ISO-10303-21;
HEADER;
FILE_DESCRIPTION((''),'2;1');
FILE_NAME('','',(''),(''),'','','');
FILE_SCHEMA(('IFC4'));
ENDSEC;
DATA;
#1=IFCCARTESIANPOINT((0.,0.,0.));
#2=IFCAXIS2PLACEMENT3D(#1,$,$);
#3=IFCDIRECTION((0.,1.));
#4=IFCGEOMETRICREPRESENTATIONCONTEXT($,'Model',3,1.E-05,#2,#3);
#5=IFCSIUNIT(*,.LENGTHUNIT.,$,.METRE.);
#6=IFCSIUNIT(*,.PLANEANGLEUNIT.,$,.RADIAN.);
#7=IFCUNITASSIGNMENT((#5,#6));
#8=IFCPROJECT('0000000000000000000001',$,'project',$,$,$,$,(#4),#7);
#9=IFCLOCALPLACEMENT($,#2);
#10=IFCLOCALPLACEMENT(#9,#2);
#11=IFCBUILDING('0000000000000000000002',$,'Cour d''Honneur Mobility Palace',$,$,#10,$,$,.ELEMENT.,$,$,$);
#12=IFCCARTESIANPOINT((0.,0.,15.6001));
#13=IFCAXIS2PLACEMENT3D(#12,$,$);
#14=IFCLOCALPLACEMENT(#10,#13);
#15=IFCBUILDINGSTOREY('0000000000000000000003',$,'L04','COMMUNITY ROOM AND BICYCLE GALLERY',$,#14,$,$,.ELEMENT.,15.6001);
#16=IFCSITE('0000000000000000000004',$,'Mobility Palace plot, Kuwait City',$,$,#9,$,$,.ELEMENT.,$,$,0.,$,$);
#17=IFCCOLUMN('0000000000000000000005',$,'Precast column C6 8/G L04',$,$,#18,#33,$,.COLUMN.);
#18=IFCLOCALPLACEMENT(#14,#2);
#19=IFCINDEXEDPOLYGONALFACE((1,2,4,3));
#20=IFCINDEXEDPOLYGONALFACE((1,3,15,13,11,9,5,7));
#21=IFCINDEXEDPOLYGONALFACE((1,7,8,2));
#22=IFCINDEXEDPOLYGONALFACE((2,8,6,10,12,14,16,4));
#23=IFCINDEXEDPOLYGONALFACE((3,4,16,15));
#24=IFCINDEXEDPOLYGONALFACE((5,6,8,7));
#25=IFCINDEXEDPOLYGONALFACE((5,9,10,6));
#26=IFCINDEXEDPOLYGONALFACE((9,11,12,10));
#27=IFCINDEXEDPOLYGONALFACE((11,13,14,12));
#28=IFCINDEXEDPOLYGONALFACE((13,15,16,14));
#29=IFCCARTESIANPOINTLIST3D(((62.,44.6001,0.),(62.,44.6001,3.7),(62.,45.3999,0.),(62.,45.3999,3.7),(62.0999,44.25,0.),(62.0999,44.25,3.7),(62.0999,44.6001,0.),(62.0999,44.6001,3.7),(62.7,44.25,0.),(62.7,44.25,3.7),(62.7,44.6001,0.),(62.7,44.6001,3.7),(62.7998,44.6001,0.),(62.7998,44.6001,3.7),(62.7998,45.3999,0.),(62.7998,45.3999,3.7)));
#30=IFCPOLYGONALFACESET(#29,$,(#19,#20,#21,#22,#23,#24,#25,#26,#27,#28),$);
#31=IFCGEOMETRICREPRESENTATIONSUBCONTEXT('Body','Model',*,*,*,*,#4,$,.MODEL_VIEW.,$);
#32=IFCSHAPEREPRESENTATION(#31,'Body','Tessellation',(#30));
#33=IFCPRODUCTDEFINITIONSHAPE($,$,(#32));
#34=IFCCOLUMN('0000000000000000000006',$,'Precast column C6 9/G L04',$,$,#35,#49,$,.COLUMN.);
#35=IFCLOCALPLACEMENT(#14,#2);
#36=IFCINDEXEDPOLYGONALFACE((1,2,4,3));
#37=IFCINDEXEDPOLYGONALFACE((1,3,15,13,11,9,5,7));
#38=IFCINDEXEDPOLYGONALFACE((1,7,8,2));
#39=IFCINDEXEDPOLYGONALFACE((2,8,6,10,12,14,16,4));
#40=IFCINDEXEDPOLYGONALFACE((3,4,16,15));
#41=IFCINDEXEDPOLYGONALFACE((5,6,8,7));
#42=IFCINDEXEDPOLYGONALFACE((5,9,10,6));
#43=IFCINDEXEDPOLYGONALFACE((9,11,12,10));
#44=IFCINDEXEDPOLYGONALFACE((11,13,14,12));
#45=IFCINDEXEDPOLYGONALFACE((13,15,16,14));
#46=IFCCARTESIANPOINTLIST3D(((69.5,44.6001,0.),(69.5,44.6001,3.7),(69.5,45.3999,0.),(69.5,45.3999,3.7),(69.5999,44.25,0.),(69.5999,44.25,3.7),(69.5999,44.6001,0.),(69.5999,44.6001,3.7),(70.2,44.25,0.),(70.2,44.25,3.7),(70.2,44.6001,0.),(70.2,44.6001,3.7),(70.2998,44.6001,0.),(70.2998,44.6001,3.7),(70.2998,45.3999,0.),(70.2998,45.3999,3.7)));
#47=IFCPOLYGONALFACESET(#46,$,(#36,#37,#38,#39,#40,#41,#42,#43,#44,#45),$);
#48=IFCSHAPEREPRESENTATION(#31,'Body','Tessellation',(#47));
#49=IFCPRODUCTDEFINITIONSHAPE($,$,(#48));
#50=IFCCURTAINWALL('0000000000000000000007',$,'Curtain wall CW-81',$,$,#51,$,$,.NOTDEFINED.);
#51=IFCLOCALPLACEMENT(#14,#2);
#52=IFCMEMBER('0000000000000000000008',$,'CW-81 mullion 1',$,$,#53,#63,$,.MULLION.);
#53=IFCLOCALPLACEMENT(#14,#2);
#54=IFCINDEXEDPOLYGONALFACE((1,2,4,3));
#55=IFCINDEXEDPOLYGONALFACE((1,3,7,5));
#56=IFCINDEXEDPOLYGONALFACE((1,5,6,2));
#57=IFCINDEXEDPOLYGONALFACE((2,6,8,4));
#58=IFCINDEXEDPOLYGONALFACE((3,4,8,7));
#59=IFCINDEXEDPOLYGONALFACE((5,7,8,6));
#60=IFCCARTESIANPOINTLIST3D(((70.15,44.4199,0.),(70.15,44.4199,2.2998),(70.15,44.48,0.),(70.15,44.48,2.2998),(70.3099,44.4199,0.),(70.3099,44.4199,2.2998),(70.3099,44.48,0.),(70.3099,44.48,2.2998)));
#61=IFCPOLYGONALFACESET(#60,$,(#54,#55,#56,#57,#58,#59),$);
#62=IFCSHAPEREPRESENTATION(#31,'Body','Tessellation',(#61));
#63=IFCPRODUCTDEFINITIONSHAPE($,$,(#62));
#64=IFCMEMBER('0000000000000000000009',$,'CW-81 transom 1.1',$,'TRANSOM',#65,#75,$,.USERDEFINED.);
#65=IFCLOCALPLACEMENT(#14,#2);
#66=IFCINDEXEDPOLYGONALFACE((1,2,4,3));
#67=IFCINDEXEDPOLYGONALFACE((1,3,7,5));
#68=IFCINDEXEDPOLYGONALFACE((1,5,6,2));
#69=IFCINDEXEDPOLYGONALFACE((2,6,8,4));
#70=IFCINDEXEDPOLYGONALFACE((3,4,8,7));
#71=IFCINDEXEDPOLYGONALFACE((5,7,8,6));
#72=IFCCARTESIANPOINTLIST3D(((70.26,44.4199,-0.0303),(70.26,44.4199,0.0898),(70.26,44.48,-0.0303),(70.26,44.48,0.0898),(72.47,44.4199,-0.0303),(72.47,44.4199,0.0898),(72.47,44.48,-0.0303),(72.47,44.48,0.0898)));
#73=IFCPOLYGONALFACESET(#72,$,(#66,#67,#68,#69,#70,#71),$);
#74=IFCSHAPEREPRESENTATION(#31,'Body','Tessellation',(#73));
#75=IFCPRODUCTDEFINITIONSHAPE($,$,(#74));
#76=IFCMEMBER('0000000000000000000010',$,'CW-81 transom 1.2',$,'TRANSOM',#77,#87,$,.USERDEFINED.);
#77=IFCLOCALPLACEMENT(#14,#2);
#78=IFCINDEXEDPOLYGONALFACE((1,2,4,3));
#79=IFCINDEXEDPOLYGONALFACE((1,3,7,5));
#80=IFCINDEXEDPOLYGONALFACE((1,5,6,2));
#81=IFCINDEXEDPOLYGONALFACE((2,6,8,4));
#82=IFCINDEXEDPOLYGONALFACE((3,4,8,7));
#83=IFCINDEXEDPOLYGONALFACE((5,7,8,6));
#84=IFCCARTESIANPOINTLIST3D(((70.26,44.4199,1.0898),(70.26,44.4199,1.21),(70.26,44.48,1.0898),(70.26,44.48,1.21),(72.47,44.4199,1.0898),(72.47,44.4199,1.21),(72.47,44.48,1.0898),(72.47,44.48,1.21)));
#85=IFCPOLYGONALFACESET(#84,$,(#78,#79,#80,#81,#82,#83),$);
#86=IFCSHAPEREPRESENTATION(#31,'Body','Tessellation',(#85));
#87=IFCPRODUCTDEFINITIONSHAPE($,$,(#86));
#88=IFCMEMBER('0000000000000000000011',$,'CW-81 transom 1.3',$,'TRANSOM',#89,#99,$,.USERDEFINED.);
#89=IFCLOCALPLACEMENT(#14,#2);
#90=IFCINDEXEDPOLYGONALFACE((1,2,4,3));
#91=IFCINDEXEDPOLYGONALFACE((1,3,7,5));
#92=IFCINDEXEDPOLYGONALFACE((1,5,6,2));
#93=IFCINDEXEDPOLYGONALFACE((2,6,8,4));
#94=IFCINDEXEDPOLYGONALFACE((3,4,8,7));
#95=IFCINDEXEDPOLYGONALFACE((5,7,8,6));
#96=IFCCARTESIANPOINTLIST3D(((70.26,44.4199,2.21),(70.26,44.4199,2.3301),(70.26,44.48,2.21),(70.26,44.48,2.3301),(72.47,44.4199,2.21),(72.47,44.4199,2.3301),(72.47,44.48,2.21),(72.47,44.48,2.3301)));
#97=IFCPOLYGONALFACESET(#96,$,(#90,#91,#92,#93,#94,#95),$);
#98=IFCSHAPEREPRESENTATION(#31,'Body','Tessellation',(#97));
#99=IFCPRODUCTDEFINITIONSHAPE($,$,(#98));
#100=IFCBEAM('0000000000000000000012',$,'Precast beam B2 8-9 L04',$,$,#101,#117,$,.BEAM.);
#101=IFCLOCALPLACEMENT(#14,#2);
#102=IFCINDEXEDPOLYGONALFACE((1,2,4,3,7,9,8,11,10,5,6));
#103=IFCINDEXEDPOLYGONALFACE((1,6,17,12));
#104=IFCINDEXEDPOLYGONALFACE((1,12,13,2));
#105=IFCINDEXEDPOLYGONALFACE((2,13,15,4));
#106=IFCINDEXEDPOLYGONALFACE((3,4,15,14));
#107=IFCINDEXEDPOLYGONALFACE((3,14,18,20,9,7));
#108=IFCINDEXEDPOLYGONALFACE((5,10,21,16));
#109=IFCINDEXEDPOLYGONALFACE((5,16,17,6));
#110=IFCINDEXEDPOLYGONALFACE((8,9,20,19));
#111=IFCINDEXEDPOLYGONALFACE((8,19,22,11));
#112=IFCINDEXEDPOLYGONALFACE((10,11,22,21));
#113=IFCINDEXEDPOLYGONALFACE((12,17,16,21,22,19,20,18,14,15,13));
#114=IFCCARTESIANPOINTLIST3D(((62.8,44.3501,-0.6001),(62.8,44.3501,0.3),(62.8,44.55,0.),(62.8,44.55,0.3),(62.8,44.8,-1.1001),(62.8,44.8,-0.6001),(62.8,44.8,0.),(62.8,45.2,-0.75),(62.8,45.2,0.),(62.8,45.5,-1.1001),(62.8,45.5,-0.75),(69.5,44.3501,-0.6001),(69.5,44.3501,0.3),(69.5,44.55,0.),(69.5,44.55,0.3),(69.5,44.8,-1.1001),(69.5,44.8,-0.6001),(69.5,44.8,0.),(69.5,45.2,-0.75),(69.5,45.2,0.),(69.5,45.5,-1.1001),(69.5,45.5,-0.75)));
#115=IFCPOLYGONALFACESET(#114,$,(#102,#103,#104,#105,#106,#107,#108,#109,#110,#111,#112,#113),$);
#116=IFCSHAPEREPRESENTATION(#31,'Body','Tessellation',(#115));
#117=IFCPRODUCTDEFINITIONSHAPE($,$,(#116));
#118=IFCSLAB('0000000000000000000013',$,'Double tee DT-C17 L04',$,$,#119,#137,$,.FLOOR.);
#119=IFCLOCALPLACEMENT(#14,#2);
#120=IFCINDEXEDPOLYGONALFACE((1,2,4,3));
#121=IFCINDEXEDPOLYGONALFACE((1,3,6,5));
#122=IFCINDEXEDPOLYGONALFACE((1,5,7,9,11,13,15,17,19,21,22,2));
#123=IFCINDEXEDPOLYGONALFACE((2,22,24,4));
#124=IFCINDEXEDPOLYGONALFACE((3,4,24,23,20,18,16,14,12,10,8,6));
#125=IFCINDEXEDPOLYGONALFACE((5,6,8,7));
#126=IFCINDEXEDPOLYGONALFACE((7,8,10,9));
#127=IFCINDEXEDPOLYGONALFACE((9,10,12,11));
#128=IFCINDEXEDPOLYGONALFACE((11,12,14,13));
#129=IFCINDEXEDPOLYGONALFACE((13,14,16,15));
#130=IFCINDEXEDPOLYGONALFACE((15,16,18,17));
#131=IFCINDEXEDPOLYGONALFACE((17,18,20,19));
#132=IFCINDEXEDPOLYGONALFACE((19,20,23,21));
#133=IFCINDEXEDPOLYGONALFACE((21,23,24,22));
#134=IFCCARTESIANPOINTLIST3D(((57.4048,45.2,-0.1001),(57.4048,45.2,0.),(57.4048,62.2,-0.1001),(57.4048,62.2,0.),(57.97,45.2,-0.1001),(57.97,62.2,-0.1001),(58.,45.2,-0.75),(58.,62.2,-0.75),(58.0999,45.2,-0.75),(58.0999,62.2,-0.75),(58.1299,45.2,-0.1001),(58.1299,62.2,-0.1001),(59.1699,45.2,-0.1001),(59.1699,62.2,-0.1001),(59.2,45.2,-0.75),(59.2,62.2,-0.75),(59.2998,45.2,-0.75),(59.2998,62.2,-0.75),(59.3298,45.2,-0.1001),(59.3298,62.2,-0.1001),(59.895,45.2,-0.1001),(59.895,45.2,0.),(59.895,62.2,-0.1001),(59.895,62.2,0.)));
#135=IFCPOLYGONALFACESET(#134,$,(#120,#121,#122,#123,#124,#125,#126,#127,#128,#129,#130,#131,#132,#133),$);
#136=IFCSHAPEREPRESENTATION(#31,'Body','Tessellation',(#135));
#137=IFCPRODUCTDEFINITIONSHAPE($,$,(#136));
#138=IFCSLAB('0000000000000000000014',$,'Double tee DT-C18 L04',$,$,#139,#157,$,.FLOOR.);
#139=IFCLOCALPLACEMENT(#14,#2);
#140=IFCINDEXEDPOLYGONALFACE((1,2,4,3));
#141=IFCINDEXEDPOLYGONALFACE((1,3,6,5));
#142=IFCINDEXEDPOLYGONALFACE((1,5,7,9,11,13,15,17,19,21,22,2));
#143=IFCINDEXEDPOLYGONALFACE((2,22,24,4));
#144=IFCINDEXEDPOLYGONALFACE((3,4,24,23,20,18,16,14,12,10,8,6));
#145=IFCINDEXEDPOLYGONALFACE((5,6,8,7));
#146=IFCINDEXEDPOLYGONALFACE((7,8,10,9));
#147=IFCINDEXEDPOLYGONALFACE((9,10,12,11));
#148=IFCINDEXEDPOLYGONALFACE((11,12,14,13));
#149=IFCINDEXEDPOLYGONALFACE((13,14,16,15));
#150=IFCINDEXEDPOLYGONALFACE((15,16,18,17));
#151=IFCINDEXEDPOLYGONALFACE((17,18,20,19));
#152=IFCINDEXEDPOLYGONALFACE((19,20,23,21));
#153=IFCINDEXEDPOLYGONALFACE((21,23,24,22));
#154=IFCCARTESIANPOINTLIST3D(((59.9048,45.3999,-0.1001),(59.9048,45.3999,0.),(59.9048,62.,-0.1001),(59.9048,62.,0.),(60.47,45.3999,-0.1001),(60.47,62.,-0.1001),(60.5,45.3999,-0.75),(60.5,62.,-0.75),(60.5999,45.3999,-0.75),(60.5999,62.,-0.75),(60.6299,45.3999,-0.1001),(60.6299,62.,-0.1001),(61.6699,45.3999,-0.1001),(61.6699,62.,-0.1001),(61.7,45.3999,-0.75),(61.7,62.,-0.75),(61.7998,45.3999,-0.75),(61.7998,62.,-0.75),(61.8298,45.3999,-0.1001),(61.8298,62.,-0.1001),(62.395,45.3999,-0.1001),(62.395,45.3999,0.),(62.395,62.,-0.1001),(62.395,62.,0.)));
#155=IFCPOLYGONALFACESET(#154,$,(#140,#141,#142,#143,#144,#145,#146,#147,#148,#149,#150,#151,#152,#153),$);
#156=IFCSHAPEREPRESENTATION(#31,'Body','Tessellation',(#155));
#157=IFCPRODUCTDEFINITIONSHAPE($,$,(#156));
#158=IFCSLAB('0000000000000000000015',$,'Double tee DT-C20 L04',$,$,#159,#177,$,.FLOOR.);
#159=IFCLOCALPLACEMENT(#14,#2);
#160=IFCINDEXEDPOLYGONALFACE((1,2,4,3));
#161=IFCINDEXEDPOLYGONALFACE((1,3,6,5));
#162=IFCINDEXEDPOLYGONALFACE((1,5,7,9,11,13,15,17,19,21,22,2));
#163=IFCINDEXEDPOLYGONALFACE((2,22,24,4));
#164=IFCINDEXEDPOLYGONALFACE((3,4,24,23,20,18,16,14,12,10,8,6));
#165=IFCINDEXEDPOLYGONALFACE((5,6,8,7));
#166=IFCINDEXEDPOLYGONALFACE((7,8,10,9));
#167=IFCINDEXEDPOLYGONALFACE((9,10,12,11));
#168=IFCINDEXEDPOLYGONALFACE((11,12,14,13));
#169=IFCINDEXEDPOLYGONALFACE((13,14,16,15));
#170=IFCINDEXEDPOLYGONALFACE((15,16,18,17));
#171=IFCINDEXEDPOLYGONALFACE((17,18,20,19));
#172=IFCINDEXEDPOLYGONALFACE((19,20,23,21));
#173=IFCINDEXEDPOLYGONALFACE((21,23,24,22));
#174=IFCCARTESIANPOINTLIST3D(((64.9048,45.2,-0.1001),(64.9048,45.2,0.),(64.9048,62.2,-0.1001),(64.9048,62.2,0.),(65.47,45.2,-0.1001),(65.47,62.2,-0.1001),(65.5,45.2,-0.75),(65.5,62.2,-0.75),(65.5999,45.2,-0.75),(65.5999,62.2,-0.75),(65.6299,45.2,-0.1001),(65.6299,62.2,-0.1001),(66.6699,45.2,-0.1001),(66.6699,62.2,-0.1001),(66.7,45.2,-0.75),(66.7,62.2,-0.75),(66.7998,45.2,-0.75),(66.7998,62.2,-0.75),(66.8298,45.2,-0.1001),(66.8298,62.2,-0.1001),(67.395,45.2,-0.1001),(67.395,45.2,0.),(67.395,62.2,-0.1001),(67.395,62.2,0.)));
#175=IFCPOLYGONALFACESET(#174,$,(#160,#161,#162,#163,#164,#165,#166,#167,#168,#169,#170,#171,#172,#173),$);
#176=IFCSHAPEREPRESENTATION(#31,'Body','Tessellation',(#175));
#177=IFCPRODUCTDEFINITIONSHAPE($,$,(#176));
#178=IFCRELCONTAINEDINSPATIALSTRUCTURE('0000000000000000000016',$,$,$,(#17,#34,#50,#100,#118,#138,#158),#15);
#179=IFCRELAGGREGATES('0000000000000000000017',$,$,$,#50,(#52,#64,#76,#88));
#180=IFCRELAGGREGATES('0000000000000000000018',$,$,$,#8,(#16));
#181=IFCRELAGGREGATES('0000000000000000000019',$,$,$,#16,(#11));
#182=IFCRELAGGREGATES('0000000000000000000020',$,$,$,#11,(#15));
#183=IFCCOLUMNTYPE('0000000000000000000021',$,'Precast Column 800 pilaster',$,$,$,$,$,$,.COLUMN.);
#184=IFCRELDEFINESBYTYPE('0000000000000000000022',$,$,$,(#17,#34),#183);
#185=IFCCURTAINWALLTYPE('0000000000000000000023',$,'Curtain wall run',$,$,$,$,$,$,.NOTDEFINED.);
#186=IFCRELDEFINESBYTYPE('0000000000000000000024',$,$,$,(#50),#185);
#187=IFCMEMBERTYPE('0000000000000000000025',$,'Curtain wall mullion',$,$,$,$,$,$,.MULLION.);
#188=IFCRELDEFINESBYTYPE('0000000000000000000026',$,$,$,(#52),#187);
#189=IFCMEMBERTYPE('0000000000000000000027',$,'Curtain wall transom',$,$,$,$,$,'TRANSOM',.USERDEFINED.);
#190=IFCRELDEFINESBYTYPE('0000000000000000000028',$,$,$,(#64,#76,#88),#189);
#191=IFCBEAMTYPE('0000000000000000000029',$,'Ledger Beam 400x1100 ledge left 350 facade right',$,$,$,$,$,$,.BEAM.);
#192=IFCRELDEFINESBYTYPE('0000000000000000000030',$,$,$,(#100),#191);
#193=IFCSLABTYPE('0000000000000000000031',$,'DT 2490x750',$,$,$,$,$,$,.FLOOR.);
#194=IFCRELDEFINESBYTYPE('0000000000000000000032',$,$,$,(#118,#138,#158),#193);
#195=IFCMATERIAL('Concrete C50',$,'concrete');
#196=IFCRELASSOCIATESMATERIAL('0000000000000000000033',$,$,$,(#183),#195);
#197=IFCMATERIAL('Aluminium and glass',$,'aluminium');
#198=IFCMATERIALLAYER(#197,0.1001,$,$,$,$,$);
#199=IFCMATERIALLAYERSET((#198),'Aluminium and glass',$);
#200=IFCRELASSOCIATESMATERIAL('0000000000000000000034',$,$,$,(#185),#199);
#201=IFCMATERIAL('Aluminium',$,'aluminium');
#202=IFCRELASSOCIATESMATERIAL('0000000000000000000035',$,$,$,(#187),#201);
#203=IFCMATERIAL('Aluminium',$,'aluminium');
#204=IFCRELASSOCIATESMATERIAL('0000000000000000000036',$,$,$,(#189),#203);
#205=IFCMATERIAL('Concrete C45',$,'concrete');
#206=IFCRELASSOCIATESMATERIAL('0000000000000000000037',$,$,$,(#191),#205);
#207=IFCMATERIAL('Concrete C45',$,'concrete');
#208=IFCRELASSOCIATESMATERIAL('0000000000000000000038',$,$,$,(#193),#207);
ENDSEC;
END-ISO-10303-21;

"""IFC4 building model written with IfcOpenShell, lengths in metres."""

from ifc_helpers import new_model, si_unit, direction, frame, origin, origin_2d, place, context, subcontext, project, spatial, polyline, rectangle, outline, extrude, material, layer, layer_set, material_profile, profile_set, type_object, element, aggregate, save


model = new_model("IFC4")

# Units and contexts
model_context = context("Model", 3, precision=1e-05, world=origin(), true_north=direction((0.0, 1.0)))
body_context = subcontext(model_context, "Body", "Model", "MODEL_VIEW")
ifc_project = project(units=[si_unit("LENGTHUNIT", "METRE"), si_unit("PLANEANGLEUNIT", "RADIAN")], contexts=[model_context])

# Site, building, storey
site_placement = place(None, origin())
site = spatial("IfcSite", under=ifc_project, at=site_placement, Name="Mobility Palace plot, Kuwait City", CompositionType="ELEMENT", RefElevation=0.0)
building_placement = place(site_placement, origin())
building = spatial("IfcBuilding", under=site, at=building_placement, Name="Cour d'Honneur Mobility Palace", CompositionType="ELEMENT")
storey_placement = place(building_placement, frame((0.0, 0.0, 15.6001)))
storey = spatial("IfcBuildingStorey", under=building, at=storey_placement, Name="L04", Description="COMMUNITY ROOM AND BICYCLE GALLERY", CompositionType="ELEMENT", Elevation=15.6001)

# Columns
ifc_material_1 = material(Name="Concrete C50", Category="concrete")
ifc_material_profile_1 = material_profile(ifc_material_1, outline(polyline([(-0.3999, -0.3999), (0.3999, -0.3999), (0.3999, -0.3), (0.75, -0.3), (0.75, 0.3), (0.3999, 0.3), (0.3999, 0.3999), (-0.3999, 0.3999), (-0.3999, -0.3999)])), Name="PC C800 pilaster")
ifc_profile_set_1 = profile_set([ifc_material_profile_1], Name="Concrete C50")
column_type = type_object("IfcColumnType", Name="Precast Column 800 pilaster", PredefinedType="COLUMN", material=ifc_profile_set_1)
for number, where, z_axis, x_axis, name in (
    (1, (62.3999, 45.0, 0.0), (0.0, 0.0, 1.0), (0.0, -1.0, 0.0), "Precast column C6 8/G L04"),
    (2, (69.8999, 45.0, 0.0), (0.0, 0.0, 1.0), (0.0, -1.0, 0.0), "Precast column C6 9/G L04"),
):
    element("IfcColumn", number, at=place(storey_placement, frame(where, z_axis=z_axis, x_axis=x_axis)), inside=storey, type_object=column_type, Name=name, PredefinedType="COLUMN", context=body_context, shape_type="SweptSolid", body=[
        extrude(outline(polyline([(-0.3999, -0.3999), (0.3999, -0.3999), (0.3999, -0.3), (0.75, -0.3), (0.75, 0.3), (0.3999, 0.3), (0.3999, 0.3999), (-0.3999, 0.3999), (-0.3999, -0.3999)])), origin(), (0.0, 0.0, 1.0), 3.7),
    ])

# Curtain wall, members
ifc_material_2 = material(Name="Aluminium and glass", Category="aluminium")
ifc_layer_1 = layer(ifc_material_2, 0.1001)
ifc_layer_set_1 = layer_set([ifc_layer_1], Name="Aluminium and glass")
curtain_wall_type = type_object("IfcCurtainWallType", Name="Curtain wall run", PredefinedType="NOTDEFINED", material=ifc_layer_set_1)
curtain_wall_placement = place(storey_placement, origin())
curtain_wall = element("IfcCurtainWall", 3, at=curtain_wall_placement, inside=storey, type_object=curtain_wall_type, Name="Curtain wall CW-81", PredefinedType="NOTDEFINED")
ifc_material_3 = material(Name="Aluminium", Category="aluminium")
ifc_material_profile_2 = material_profile(ifc_material_3, rectangle(XDim=0.0601, YDim=0.1599, at=origin_2d()), Name="Curtain wall mullion")
ifc_profile_set_2 = profile_set([ifc_material_profile_2], Name="Aluminium")
member_type_1 = type_object("IfcMemberType", Name="Curtain wall mullion", PredefinedType="MULLION", material=ifc_profile_set_2)
member_1_placement = place(storey_placement, frame((70.23, 44.45, 0.0), z_axis=(0.0, 0.0, 1.0), x_axis=(0.0, 1.0, 0.0)))
member_1 = element("IfcMember", 4, at=member_1_placement, type_object=member_type_1, Name="CW-81 mullion 1", PredefinedType="MULLION", context=body_context, shape_type="SweptSolid", body=[
    extrude(rectangle(XDim=0.0601, YDim=0.1599, at=origin_2d()), origin(), (0.0, 0.0, 1.0), 2.2998),
])
ifc_material_4 = material(Name="Aluminium", Category="aluminium")
ifc_material_profile_3 = material_profile(ifc_material_4, rectangle(XDim=0.0601, YDim=0.1201, at=origin_2d()), Name="Curtain wall transom")
ifc_profile_set_3 = profile_set([ifc_material_profile_3], Name="Aluminium")
member_type_2 = type_object("IfcMemberType", Name="Curtain wall transom", ElementType="TRANSOM", PredefinedType="USERDEFINED", material=ifc_profile_set_3)
member_2_placement = place(storey_placement, frame((70.26, 44.45, 0.0298), z_axis=(1.0, 0.0, 0.0), x_axis=(0.0, 1.0, 0.0)))
member_2 = element("IfcMember", 5, at=member_2_placement, type_object=member_type_2, Name="CW-81 transom 1.1", ObjectType="TRANSOM", PredefinedType="USERDEFINED", context=body_context, shape_type="SweptSolid", body=[
    extrude(rectangle(XDim=0.0601, YDim=0.1201, at=origin_2d()), origin(), (0.0, 0.0, 1.0), 2.21),
])
member_3_placement = place(storey_placement, frame((70.26, 44.45, 1.1499), z_axis=(1.0, 0.0, 0.0), x_axis=(0.0, 1.0, 0.0)))
member_3 = element("IfcMember", 6, at=member_3_placement, type_object=member_type_2, Name="CW-81 transom 1.2", ObjectType="TRANSOM", PredefinedType="USERDEFINED", context=body_context, shape_type="SweptSolid", body=[
    extrude(rectangle(XDim=0.0601, YDim=0.1201, at=origin_2d()), origin(), (0.0, 0.0, 1.0), 2.21),
])
member_4_placement = place(storey_placement, frame((70.26, 44.45, 2.27), z_axis=(1.0, 0.0, 0.0), x_axis=(0.0, 1.0, 0.0)))
member_4 = element("IfcMember", 7, at=member_4_placement, type_object=member_type_2, Name="CW-81 transom 1.3", ObjectType="TRANSOM", PredefinedType="USERDEFINED", context=body_context, shape_type="SweptSolid", body=[
    extrude(rectangle(XDim=0.0601, YDim=0.1201, at=origin_2d()), origin(), (0.0, 0.0, 1.0), 2.21),
])
aggregate(curtain_wall, [member_1, member_2, member_3, member_4])

# Beam
ifc_material_5 = material(Name="Concrete C45", Category="concrete")
ifc_material_profile_4 = material_profile(ifc_material_5, outline(polyline([(0.5, -1.1001), (0.5, -0.75), (0.2, -0.75), (0.2, 0.0), (-0.2, 0.0), (-0.45, 0.0), (-0.45, 0.3), (-0.6499, 0.3), (-0.6499, -0.6001), (-0.2, -0.6001), (-0.2, -1.1001), (0.5, -1.1001)])), Name="Ledger Beam 400x1100 ledge left 350 facade right")
ifc_profile_set_4 = profile_set([ifc_material_profile_4], Name="Concrete C45")
beam_type = type_object("IfcBeamType", Name="Ledger Beam 400x1100 ledge left 350 facade right", PredefinedType="BEAM", material=ifc_profile_set_4)
beam_placement = place(storey_placement, frame((62.8, 45.0, 0.0), z_axis=(1.0, 0.0, 0.0), x_axis=(0.0, 1.0, 0.0)))
element("IfcBeam", 8, at=beam_placement, inside=storey, type_object=beam_type, Name="Precast beam B2 8-9 L04", PredefinedType="BEAM", context=body_context, shape_type="SweptSolid", body=[
    extrude(outline(polyline([(0.5, -1.1001), (0.5, -0.75), (0.2, -0.75), (0.2, 0.0), (-0.2, 0.0), (-0.45, 0.0), (-0.45, 0.3), (-0.6499, 0.3), (-0.6499, -0.6001), (-0.2, -0.6001), (-0.2, -1.1001), (0.5, -1.1001)])), origin(), (0.0, 0.0, 1.0), 6.7),
])

# Slabs
ifc_material_6 = material(Name="Concrete C45", Category="concrete")
ifc_material_profile_5 = material_profile(ifc_material_6, outline(polyline([(-1.2451, 0.0), (1.2451, 0.0), (1.2451, -0.1001), (0.6799, -0.1001), (0.6499, -0.75), (0.55, -0.75), (0.52, -0.1001), (-0.52, -0.1001), (-0.55, -0.75), (-0.6499, -0.75), (-0.6799, -0.1001), (-1.2451, -0.1001), (-1.2451, 0.0)])), Name="DT 2490x750")
ifc_profile_set_5 = profile_set([ifc_material_profile_5], Name="Concrete C45")
slab_type = type_object("IfcSlabType", Name="DT 2490x750", PredefinedType="FLOOR", material=ifc_profile_set_5)
slab_1_placement = place(storey_placement, frame((58.6499, 45.2, 0.0), z_axis=(0.0, 1.0, 0.0), x_axis=(-1.0, 0.0, 0.0)))
element("IfcSlab", 9, at=slab_1_placement, inside=storey, type_object=slab_type, Name="Double tee DT-C17 L04", PredefinedType="FLOOR", context=body_context, shape_type="SweptSolid", body=[
    extrude(outline(polyline([(-1.2451, 0.0), (1.2451, 0.0), (1.2451, -0.1001), (0.6799, -0.1001), (0.6499, -0.75), (0.55, -0.75), (0.52, -0.1001), (-0.52, -0.1001), (-0.55, -0.75), (-0.6499, -0.75), (-0.6799, -0.1001), (-1.2451, -0.1001), (-1.2451, 0.0)])), origin(), (0.0, 0.0, 1.0), 17.0),
])
slab_2_placement = place(storey_placement, frame((61.1499, 45.3999, 0.0), z_axis=(0.0, 1.0, 0.0), x_axis=(-1.0, 0.0, 0.0)))
element("IfcSlab", 10, at=slab_2_placement, inside=storey, type_object=slab_type, Name="Double tee DT-C18 L04", PredefinedType="FLOOR", context=body_context, shape_type="SweptSolid", body=[
    extrude(outline(polyline([(-1.2451, 0.0), (1.2451, 0.0), (1.2451, -0.1001), (0.6799, -0.1001), (0.6499, -0.75), (0.55, -0.75), (0.52, -0.1001), (-0.52, -0.1001), (-0.55, -0.75), (-0.6499, -0.75), (-0.6799, -0.1001), (-1.2451, -0.1001), (-1.2451, 0.0)])), origin(), (0.0, 0.0, 1.0), 16.6001),
])
slab_3_placement = place(storey_placement, frame((66.1499, 45.2, 0.0), z_axis=(0.0, 1.0, 0.0), x_axis=(-1.0, 0.0, 0.0)))
element("IfcSlab", 11, at=slab_3_placement, inside=storey, type_object=slab_type, Name="Double tee DT-C20 L04", PredefinedType="FLOOR", context=body_context, shape_type="SweptSolid", body=[
    extrude(outline(polyline([(-1.2451, 0.0), (1.2451, 0.0), (1.2451, -0.1001), (0.6799, -0.1001), (0.6499, -0.75), (0.55, -0.75), (0.52, -0.1001), (-0.52, -0.1001), (-0.55, -0.75), (-0.6499, -0.75), (-0.6799, -0.1001), (-1.2451, -0.1001), (-1.2451, 0.0)])), origin(), (0.0, 0.0, 1.0), 17.0),
])

save(model, "model.ifc")
